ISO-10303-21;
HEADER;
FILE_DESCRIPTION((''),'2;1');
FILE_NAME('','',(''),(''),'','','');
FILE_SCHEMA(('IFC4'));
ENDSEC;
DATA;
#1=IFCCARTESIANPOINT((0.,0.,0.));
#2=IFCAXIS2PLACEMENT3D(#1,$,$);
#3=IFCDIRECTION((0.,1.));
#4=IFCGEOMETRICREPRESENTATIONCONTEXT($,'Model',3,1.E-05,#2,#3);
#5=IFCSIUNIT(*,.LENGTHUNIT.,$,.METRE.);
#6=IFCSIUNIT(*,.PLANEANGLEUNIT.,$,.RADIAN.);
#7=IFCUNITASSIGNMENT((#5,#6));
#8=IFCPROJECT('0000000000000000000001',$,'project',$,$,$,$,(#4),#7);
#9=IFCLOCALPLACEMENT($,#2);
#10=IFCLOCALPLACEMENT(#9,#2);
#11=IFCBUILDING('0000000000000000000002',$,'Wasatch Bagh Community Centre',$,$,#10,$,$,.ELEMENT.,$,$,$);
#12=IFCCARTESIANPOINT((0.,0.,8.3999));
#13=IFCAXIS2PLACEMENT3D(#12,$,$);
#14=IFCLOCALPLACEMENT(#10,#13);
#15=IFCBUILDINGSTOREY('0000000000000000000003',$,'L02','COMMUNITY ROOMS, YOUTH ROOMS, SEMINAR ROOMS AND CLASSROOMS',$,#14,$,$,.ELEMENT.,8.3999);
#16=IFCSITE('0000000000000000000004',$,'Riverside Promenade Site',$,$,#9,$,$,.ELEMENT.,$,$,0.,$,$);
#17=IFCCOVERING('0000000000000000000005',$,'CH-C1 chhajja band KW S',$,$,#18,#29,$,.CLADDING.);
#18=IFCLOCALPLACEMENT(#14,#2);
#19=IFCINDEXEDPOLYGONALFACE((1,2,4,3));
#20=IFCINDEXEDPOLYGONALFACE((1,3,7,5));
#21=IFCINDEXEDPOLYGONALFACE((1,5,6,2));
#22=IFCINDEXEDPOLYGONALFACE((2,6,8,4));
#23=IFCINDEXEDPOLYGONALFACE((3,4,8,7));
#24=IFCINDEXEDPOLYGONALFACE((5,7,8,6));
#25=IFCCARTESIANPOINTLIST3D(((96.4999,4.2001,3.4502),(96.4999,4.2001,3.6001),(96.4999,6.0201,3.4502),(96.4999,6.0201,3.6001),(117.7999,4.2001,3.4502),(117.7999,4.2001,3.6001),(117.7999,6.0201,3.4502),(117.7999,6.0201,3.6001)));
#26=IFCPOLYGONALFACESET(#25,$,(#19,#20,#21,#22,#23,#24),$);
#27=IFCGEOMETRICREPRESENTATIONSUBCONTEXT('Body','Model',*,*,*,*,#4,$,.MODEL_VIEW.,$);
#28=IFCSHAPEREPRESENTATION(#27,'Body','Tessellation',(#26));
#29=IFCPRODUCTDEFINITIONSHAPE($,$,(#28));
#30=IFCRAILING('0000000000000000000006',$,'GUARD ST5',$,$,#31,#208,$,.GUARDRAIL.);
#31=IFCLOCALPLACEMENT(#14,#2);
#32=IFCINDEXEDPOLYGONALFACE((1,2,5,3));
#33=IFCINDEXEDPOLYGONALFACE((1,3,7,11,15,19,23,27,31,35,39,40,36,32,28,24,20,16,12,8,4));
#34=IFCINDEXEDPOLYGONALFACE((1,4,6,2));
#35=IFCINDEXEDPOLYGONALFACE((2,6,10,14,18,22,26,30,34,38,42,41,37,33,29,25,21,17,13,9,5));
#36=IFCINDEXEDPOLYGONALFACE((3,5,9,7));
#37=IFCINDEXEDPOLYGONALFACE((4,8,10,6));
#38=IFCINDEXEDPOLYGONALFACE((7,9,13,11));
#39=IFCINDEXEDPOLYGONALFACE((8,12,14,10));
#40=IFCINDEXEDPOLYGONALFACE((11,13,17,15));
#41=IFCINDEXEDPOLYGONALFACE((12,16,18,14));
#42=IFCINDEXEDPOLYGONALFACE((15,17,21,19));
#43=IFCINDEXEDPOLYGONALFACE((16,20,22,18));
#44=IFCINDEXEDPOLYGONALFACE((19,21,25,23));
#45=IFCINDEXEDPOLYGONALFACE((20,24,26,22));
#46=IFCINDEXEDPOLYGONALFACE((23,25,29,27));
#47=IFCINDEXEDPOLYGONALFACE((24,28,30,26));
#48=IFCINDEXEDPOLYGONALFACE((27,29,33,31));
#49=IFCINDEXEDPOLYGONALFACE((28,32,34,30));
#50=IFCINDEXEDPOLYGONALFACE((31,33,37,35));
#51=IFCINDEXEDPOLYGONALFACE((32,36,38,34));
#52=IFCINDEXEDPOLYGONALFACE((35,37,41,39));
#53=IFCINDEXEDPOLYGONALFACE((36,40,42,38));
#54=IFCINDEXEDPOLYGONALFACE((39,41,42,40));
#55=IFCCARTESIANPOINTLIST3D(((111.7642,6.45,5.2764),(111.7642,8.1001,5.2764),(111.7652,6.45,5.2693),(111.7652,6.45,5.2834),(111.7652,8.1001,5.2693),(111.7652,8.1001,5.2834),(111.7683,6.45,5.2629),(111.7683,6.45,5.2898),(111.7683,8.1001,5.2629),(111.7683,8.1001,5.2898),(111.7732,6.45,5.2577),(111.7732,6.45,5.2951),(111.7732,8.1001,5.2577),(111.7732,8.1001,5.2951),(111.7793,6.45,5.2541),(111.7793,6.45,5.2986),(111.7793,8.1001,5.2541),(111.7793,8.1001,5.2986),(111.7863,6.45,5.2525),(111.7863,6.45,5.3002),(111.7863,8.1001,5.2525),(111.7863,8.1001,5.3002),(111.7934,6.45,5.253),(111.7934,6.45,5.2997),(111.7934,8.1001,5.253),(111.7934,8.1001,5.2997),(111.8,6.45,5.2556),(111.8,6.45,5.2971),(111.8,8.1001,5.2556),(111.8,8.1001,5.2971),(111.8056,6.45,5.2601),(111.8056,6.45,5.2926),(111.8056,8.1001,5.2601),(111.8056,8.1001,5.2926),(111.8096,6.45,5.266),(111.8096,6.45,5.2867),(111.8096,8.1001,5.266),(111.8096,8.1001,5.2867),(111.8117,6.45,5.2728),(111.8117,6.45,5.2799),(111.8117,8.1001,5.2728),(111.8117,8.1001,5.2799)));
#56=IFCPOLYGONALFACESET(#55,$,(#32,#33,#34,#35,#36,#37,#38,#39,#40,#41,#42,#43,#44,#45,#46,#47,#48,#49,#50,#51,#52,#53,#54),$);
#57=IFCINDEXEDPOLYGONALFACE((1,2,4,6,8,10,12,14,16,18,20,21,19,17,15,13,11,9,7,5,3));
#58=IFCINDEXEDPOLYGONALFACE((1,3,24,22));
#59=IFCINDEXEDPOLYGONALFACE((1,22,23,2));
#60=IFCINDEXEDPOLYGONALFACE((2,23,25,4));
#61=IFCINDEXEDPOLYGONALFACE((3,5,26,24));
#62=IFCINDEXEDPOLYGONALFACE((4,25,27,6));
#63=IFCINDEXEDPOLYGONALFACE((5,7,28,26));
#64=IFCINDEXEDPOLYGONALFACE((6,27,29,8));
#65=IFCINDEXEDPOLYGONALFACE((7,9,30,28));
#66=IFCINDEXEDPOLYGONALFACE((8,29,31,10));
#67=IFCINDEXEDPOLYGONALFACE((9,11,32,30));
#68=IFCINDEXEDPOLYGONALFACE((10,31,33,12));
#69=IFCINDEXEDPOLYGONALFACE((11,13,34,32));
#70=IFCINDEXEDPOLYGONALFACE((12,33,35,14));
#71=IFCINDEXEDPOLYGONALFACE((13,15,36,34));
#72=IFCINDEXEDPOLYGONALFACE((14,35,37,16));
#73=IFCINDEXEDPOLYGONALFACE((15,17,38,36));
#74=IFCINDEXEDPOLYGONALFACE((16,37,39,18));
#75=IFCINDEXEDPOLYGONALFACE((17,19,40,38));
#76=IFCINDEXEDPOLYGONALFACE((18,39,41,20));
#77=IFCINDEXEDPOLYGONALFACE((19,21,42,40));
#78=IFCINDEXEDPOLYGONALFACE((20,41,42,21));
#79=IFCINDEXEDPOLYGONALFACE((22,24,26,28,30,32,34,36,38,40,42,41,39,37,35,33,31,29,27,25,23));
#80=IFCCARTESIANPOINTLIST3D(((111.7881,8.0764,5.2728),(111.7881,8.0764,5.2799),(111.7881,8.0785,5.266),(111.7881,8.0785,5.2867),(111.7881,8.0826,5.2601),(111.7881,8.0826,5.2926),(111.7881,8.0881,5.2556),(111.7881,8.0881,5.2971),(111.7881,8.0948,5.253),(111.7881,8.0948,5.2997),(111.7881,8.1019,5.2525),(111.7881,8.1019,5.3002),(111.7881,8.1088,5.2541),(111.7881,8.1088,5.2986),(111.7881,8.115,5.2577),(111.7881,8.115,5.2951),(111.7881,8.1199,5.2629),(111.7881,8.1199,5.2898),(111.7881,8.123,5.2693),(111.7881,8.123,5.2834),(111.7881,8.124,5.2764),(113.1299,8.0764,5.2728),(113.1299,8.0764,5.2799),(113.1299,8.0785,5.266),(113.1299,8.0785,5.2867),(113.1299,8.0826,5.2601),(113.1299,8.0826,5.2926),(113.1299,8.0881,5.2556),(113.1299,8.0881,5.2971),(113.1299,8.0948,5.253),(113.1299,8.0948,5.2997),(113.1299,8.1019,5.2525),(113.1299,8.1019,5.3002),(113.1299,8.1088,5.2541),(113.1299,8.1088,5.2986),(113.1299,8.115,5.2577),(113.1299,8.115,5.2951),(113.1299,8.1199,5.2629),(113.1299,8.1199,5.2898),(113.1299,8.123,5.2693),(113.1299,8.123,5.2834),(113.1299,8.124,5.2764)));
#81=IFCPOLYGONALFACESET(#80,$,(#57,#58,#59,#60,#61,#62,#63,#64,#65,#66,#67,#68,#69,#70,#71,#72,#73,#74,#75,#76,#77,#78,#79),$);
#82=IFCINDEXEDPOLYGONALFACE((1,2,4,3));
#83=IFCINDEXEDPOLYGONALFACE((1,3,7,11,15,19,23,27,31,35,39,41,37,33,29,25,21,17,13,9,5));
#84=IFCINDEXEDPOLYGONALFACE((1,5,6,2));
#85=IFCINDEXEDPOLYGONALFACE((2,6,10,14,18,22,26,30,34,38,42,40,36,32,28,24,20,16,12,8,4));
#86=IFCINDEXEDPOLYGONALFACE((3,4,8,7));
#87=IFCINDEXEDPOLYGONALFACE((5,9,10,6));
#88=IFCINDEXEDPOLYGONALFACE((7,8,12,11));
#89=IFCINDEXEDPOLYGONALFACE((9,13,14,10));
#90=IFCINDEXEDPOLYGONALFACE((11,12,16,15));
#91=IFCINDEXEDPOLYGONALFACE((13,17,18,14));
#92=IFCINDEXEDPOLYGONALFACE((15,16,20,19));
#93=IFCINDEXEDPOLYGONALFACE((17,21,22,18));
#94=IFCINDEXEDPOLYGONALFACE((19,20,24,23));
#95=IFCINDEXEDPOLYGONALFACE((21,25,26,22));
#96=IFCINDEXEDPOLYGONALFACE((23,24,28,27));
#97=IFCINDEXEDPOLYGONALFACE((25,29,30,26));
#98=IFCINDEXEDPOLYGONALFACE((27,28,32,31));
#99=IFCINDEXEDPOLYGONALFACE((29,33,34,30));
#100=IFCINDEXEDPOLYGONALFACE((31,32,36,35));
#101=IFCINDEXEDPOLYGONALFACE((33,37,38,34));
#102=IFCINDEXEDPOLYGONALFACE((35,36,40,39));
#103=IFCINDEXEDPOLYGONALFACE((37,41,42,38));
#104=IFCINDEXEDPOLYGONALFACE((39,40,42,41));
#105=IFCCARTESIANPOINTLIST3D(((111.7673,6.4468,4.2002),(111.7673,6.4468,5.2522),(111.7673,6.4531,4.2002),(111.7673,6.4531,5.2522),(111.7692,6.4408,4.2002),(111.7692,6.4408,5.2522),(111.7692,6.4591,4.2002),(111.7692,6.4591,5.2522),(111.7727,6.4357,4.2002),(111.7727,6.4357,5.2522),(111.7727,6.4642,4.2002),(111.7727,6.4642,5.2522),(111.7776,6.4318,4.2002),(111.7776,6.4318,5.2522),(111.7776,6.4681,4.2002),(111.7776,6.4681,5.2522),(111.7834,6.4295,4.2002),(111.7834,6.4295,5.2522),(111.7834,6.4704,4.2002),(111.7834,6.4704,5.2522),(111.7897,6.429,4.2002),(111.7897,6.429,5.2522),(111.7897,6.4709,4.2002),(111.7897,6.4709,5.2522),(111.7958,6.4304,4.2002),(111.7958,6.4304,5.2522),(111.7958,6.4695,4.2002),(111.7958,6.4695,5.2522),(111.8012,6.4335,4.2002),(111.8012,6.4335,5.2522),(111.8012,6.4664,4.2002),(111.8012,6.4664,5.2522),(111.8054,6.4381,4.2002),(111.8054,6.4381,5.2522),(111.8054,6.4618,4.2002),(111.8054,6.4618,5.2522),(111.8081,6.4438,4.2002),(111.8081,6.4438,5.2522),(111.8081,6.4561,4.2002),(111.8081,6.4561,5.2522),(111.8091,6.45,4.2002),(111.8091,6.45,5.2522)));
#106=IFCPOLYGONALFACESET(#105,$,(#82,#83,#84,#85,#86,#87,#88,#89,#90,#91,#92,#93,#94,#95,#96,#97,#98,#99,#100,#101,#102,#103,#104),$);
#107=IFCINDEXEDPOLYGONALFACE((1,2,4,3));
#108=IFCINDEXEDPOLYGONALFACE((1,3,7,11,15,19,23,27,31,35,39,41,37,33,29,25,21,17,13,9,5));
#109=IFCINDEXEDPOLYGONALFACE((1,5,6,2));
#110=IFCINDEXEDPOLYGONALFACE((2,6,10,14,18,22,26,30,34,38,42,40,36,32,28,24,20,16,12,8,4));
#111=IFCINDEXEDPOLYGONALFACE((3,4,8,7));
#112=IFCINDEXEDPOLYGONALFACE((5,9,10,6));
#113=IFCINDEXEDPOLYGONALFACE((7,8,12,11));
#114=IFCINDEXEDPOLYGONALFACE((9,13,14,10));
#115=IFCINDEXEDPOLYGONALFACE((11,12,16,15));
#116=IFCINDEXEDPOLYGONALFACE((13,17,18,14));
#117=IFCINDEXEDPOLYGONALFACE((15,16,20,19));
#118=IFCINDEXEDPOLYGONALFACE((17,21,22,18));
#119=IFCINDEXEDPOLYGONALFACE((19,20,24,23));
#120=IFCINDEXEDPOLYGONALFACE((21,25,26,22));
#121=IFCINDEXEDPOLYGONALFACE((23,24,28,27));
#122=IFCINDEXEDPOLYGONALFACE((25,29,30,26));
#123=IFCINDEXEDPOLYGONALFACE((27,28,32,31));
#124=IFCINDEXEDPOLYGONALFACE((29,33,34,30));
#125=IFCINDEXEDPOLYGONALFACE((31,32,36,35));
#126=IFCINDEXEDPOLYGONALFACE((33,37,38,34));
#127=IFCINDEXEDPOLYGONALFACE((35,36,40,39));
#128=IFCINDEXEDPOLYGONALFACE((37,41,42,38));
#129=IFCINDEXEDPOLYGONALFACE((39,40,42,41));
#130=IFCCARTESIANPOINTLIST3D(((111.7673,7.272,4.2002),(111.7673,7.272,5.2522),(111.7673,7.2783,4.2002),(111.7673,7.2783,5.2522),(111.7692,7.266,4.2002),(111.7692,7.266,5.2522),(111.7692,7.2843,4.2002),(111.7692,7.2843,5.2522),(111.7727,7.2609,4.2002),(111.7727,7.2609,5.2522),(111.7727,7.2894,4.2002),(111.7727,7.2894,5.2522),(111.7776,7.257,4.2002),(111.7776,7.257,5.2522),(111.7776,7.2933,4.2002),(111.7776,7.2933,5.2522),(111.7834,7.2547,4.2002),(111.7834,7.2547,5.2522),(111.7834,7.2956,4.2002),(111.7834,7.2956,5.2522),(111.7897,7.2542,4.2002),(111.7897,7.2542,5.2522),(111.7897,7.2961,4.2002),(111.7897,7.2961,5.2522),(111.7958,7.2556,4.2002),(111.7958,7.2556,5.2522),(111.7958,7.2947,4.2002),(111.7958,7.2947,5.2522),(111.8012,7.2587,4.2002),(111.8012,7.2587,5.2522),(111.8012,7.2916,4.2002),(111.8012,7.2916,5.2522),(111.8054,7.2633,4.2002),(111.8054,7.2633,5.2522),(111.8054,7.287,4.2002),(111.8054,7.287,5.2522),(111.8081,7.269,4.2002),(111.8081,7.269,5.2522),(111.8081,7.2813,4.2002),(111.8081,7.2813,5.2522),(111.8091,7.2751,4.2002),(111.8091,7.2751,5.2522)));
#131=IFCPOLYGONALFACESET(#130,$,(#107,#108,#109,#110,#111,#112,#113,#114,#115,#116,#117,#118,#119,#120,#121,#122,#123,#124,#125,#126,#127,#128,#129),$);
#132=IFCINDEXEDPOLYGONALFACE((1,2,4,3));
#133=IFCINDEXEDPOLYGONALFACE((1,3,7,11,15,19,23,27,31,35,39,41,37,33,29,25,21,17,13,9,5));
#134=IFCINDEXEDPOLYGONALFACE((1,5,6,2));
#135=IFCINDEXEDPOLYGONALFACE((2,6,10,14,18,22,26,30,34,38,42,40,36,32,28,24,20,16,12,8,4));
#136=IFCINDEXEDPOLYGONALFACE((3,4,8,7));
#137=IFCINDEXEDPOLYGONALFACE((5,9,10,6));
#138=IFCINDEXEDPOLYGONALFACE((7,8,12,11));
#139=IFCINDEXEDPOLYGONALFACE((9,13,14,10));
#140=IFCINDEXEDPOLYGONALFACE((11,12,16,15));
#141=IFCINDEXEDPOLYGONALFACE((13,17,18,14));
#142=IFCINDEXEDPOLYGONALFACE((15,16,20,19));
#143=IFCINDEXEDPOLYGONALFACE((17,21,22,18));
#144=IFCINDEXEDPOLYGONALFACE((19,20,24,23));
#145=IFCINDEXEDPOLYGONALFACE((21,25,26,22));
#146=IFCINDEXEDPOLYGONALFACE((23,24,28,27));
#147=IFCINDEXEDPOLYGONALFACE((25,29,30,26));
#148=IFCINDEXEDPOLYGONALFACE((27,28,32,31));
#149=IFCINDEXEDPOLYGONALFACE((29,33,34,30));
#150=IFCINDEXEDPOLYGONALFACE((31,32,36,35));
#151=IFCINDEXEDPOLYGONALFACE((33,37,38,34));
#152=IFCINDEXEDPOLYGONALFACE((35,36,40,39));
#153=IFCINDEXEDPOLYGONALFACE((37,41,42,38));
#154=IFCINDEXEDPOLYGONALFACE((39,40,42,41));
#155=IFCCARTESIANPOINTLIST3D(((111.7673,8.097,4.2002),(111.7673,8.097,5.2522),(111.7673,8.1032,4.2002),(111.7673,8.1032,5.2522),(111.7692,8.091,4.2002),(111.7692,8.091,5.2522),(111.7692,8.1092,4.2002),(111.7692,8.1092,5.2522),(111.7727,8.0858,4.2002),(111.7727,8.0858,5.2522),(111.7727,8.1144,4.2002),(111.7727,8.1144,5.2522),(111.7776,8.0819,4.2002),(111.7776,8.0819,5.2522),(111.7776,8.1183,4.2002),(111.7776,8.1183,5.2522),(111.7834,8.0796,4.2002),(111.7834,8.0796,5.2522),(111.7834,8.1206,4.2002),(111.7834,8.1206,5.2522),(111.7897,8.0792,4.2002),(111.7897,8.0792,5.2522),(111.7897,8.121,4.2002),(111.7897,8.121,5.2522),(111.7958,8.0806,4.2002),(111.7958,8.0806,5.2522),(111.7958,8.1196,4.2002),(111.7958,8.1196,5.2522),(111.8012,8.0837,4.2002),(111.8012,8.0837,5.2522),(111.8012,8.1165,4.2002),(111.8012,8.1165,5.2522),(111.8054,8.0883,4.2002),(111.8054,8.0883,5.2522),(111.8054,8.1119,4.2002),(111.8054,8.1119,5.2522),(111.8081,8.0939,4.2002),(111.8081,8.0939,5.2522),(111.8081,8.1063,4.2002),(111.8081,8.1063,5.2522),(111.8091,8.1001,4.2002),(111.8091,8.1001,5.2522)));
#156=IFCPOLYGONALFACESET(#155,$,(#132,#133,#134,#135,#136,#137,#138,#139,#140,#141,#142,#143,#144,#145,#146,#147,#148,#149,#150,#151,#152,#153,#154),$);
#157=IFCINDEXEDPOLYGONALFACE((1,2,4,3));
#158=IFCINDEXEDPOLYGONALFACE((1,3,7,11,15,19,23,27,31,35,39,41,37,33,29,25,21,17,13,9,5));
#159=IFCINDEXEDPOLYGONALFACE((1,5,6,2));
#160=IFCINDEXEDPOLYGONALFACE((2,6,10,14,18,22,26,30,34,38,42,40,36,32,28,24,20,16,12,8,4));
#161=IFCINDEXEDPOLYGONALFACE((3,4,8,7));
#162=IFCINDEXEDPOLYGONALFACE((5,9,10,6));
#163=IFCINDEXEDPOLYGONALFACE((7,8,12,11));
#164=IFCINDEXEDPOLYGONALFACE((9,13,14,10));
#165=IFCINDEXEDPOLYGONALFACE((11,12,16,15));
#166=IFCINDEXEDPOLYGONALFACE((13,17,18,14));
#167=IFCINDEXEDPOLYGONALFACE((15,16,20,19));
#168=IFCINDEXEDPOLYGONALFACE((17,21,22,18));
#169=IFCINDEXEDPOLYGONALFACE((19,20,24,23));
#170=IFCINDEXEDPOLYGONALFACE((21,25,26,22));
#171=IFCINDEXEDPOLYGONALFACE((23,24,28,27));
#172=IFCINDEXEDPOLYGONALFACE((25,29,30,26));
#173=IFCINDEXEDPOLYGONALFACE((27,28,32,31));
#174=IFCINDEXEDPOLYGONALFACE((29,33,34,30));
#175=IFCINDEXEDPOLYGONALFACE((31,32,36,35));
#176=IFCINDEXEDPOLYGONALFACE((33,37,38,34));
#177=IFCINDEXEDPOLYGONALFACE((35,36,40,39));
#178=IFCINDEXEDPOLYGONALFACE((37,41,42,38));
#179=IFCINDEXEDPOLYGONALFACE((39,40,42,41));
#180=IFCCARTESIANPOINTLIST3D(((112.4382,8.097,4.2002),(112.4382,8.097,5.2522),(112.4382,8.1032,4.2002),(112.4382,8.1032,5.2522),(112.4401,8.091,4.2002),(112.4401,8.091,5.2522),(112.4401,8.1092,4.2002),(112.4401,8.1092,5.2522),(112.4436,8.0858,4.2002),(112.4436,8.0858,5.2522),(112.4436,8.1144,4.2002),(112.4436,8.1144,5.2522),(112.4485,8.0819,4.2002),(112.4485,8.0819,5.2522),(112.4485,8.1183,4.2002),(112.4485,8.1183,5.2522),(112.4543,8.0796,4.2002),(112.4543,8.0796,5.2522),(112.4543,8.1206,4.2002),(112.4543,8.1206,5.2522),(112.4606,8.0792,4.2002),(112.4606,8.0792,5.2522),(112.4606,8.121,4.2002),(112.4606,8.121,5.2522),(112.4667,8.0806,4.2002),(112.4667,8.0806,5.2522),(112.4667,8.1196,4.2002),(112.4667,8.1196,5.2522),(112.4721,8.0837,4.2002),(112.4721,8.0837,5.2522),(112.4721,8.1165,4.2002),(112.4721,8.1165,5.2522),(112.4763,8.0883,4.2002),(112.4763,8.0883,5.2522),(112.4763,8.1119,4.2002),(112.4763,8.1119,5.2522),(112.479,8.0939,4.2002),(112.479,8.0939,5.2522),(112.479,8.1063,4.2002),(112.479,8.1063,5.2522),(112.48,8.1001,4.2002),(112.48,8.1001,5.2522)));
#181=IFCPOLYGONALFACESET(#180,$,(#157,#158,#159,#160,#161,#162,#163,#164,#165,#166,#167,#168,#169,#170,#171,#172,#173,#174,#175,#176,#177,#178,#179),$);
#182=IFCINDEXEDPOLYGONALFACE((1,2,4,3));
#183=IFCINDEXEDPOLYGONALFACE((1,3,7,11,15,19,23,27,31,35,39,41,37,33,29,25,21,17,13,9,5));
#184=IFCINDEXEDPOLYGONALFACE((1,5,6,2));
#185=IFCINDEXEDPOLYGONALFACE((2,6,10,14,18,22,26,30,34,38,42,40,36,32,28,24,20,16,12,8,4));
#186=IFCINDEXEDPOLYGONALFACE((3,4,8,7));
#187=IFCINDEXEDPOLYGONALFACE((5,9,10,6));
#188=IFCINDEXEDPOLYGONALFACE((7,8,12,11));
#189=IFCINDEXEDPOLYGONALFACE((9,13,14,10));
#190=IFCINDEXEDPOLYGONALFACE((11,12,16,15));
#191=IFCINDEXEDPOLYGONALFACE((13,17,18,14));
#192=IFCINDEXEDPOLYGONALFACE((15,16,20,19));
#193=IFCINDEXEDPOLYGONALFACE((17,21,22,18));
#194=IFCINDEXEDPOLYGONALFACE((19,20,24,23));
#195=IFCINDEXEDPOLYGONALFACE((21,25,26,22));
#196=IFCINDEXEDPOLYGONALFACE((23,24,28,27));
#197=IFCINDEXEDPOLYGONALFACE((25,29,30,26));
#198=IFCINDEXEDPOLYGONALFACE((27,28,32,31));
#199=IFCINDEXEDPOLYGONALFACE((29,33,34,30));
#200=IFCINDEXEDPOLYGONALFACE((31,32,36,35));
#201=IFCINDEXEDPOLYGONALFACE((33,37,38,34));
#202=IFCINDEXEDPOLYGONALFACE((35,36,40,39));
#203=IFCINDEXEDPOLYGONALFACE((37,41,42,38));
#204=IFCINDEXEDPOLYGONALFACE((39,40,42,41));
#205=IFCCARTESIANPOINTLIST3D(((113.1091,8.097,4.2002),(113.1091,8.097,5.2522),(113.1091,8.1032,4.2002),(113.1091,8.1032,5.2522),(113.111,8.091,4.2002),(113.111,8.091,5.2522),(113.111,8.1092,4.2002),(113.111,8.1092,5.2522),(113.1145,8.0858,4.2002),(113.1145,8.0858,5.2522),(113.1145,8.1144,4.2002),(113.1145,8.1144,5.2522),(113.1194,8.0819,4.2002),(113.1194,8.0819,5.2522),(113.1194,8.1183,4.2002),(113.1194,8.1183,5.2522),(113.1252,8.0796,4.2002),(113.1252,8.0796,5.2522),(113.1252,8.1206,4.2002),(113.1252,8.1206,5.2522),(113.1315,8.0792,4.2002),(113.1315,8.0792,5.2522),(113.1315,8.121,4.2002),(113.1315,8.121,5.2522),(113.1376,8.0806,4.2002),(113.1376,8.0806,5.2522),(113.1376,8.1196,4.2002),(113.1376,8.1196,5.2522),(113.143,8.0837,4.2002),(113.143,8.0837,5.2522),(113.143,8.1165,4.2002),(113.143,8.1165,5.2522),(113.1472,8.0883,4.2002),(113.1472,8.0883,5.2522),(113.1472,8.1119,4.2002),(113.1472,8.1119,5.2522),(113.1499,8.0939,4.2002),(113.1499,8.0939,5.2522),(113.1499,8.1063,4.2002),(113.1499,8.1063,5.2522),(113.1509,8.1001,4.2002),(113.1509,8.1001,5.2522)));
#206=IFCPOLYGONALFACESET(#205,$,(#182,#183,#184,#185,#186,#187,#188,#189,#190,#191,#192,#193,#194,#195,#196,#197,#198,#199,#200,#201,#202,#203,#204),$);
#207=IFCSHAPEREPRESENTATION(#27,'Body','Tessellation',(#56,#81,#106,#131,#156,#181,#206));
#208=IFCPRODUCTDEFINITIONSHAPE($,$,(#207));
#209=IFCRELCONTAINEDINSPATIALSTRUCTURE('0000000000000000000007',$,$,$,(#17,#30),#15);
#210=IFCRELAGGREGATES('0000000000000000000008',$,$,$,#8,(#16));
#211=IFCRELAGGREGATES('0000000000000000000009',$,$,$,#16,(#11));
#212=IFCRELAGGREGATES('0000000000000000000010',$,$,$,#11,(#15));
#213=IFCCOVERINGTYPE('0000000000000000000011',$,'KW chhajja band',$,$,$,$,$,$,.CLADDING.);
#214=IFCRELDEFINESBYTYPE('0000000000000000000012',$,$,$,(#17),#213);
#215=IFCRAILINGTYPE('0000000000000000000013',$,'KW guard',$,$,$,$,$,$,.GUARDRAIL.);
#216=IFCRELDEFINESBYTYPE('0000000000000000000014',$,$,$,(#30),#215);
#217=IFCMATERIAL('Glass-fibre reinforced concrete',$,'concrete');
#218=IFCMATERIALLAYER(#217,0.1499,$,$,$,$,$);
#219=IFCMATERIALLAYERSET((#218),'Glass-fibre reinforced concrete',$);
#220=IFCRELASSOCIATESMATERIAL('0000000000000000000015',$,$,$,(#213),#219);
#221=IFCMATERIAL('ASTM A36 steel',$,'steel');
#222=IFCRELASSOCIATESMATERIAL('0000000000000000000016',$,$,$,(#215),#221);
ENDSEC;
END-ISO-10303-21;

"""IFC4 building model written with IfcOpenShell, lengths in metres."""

from ifc_helpers import new_model, si_unit, direction, frame, origin, origin_2d, place, context, subcontext, project, spatial, rectangle, circle, extrude, material, layer, layer_set, type_object, element, save


model = new_model("IFC4")

# Units and contexts
model_context = context("Model", 3, precision=1e-05, world=origin(), true_north=direction((0.0, 1.0)))
body_context = subcontext(model_context, "Body", "Model", "MODEL_VIEW")
ifc_project = project(units=[si_unit("LENGTHUNIT", "METRE"), si_unit("PLANEANGLEUNIT", "RADIAN")], contexts=[model_context])

# Site, building, storey
site_placement = place(None, origin())
site = spatial("IfcSite", under=ifc_project, at=site_placement, Name="Riverside Promenade Site", CompositionType="ELEMENT", RefElevation=0.0)
building_placement = place(site_placement, origin())
building = spatial("IfcBuilding", under=site, at=building_placement, Name="Wasatch Bagh Community Centre", CompositionType="ELEMENT")
storey_placement = place(building_placement, frame((0.0, 0.0, 8.3999)))
storey = spatial("IfcBuildingStorey", under=building, at=storey_placement, Name="L02", Description="COMMUNITY ROOMS, YOUTH ROOMS, SEMINAR ROOMS AND CLASSROOMS", CompositionType="ELEMENT", Elevation=8.3999)

# Covering
ifc_material_1 = material(Name="Glass-fibre reinforced concrete", Category="concrete")
ifc_layer_1 = layer(ifc_material_1, 0.1499)
ifc_layer_set_1 = layer_set([ifc_layer_1], Name="Glass-fibre reinforced concrete")
covering_type = type_object("IfcCoveringType", Name="KW chhajja band", PredefinedType="CLADDING", material=ifc_layer_set_1)
covering_placement = place(storey_placement, frame((107.1499, 5.1101, 3.4502), z_axis=(0.0, 0.0, 1.0), x_axis=(1.0, 0.0, 0.0)))
element("IfcCovering", 1, at=covering_placement, inside=storey, type_object=covering_type, Name="CH-C1 chhajja band KW S", PredefinedType="CLADDING", context=body_context, shape_type="SweptSolid", body=[
    extrude(rectangle(XDim=21.3, YDim=1.8201, at=origin_2d()), origin(), (0.0, 0.0, 1.0), 0.1499),
])

# Railing
ifc_material_2 = material(Name="ASTM A36 steel", Category="steel")
railing_type = type_object("IfcRailingType", Name="KW guard", PredefinedType="GUARDRAIL", material=ifc_material_2)
railing_1_placement = place(storey_placement, frame((111.7881, 6.45, 4.2002)))
element("IfcRailing", 2, at=railing_1_placement, inside=storey, type_object=railing_type, Name="GUARD ST5", PredefinedType="GUARDRAIL", context=body_context, shape_type="SweptSolid", body=[
    extrude(circle(Radius=0.0239, at=origin_2d()), frame((0.0, 0.0, 1.0762), z_axis=(0.0, 1.0, 0.0), x_axis=(-1.0, 0.0, 0.0)), (0.0, 0.0, 1.0), 1.6501),
    extrude(circle(Radius=0.0239, at=origin_2d()), frame((0.0, 1.6501, 1.0762), z_axis=(1.0, 0.0, 0.0), x_axis=(0.0, 1.0, 0.0)), (0.0, 0.0, 1.0), 1.3418),
    extrude(circle(Radius=0.021, at=origin_2d()), origin(), (0.0, 0.0, 1.0), 1.052),
    extrude(circle(Radius=0.021, at=origin_2d()), frame((0.0, 0.8252, 0.0)), (0.0, 0.0, 1.0), 1.052),
    extrude(circle(Radius=0.021, at=origin_2d()), frame((0.0, 1.6501, 0.0)), (0.0, 0.0, 1.0), 1.052),
    extrude(circle(Radius=0.021, at=origin_2d()), frame((0.6709, 1.6501, 0.0)), (0.0, 0.0, 1.0), 1.052),
    extrude(circle(Radius=0.021, at=origin_2d()), frame((1.3418, 1.6501, 0.0)), (0.0, 0.0, 1.0), 1.052),
])

save(model, "model.ifc")
